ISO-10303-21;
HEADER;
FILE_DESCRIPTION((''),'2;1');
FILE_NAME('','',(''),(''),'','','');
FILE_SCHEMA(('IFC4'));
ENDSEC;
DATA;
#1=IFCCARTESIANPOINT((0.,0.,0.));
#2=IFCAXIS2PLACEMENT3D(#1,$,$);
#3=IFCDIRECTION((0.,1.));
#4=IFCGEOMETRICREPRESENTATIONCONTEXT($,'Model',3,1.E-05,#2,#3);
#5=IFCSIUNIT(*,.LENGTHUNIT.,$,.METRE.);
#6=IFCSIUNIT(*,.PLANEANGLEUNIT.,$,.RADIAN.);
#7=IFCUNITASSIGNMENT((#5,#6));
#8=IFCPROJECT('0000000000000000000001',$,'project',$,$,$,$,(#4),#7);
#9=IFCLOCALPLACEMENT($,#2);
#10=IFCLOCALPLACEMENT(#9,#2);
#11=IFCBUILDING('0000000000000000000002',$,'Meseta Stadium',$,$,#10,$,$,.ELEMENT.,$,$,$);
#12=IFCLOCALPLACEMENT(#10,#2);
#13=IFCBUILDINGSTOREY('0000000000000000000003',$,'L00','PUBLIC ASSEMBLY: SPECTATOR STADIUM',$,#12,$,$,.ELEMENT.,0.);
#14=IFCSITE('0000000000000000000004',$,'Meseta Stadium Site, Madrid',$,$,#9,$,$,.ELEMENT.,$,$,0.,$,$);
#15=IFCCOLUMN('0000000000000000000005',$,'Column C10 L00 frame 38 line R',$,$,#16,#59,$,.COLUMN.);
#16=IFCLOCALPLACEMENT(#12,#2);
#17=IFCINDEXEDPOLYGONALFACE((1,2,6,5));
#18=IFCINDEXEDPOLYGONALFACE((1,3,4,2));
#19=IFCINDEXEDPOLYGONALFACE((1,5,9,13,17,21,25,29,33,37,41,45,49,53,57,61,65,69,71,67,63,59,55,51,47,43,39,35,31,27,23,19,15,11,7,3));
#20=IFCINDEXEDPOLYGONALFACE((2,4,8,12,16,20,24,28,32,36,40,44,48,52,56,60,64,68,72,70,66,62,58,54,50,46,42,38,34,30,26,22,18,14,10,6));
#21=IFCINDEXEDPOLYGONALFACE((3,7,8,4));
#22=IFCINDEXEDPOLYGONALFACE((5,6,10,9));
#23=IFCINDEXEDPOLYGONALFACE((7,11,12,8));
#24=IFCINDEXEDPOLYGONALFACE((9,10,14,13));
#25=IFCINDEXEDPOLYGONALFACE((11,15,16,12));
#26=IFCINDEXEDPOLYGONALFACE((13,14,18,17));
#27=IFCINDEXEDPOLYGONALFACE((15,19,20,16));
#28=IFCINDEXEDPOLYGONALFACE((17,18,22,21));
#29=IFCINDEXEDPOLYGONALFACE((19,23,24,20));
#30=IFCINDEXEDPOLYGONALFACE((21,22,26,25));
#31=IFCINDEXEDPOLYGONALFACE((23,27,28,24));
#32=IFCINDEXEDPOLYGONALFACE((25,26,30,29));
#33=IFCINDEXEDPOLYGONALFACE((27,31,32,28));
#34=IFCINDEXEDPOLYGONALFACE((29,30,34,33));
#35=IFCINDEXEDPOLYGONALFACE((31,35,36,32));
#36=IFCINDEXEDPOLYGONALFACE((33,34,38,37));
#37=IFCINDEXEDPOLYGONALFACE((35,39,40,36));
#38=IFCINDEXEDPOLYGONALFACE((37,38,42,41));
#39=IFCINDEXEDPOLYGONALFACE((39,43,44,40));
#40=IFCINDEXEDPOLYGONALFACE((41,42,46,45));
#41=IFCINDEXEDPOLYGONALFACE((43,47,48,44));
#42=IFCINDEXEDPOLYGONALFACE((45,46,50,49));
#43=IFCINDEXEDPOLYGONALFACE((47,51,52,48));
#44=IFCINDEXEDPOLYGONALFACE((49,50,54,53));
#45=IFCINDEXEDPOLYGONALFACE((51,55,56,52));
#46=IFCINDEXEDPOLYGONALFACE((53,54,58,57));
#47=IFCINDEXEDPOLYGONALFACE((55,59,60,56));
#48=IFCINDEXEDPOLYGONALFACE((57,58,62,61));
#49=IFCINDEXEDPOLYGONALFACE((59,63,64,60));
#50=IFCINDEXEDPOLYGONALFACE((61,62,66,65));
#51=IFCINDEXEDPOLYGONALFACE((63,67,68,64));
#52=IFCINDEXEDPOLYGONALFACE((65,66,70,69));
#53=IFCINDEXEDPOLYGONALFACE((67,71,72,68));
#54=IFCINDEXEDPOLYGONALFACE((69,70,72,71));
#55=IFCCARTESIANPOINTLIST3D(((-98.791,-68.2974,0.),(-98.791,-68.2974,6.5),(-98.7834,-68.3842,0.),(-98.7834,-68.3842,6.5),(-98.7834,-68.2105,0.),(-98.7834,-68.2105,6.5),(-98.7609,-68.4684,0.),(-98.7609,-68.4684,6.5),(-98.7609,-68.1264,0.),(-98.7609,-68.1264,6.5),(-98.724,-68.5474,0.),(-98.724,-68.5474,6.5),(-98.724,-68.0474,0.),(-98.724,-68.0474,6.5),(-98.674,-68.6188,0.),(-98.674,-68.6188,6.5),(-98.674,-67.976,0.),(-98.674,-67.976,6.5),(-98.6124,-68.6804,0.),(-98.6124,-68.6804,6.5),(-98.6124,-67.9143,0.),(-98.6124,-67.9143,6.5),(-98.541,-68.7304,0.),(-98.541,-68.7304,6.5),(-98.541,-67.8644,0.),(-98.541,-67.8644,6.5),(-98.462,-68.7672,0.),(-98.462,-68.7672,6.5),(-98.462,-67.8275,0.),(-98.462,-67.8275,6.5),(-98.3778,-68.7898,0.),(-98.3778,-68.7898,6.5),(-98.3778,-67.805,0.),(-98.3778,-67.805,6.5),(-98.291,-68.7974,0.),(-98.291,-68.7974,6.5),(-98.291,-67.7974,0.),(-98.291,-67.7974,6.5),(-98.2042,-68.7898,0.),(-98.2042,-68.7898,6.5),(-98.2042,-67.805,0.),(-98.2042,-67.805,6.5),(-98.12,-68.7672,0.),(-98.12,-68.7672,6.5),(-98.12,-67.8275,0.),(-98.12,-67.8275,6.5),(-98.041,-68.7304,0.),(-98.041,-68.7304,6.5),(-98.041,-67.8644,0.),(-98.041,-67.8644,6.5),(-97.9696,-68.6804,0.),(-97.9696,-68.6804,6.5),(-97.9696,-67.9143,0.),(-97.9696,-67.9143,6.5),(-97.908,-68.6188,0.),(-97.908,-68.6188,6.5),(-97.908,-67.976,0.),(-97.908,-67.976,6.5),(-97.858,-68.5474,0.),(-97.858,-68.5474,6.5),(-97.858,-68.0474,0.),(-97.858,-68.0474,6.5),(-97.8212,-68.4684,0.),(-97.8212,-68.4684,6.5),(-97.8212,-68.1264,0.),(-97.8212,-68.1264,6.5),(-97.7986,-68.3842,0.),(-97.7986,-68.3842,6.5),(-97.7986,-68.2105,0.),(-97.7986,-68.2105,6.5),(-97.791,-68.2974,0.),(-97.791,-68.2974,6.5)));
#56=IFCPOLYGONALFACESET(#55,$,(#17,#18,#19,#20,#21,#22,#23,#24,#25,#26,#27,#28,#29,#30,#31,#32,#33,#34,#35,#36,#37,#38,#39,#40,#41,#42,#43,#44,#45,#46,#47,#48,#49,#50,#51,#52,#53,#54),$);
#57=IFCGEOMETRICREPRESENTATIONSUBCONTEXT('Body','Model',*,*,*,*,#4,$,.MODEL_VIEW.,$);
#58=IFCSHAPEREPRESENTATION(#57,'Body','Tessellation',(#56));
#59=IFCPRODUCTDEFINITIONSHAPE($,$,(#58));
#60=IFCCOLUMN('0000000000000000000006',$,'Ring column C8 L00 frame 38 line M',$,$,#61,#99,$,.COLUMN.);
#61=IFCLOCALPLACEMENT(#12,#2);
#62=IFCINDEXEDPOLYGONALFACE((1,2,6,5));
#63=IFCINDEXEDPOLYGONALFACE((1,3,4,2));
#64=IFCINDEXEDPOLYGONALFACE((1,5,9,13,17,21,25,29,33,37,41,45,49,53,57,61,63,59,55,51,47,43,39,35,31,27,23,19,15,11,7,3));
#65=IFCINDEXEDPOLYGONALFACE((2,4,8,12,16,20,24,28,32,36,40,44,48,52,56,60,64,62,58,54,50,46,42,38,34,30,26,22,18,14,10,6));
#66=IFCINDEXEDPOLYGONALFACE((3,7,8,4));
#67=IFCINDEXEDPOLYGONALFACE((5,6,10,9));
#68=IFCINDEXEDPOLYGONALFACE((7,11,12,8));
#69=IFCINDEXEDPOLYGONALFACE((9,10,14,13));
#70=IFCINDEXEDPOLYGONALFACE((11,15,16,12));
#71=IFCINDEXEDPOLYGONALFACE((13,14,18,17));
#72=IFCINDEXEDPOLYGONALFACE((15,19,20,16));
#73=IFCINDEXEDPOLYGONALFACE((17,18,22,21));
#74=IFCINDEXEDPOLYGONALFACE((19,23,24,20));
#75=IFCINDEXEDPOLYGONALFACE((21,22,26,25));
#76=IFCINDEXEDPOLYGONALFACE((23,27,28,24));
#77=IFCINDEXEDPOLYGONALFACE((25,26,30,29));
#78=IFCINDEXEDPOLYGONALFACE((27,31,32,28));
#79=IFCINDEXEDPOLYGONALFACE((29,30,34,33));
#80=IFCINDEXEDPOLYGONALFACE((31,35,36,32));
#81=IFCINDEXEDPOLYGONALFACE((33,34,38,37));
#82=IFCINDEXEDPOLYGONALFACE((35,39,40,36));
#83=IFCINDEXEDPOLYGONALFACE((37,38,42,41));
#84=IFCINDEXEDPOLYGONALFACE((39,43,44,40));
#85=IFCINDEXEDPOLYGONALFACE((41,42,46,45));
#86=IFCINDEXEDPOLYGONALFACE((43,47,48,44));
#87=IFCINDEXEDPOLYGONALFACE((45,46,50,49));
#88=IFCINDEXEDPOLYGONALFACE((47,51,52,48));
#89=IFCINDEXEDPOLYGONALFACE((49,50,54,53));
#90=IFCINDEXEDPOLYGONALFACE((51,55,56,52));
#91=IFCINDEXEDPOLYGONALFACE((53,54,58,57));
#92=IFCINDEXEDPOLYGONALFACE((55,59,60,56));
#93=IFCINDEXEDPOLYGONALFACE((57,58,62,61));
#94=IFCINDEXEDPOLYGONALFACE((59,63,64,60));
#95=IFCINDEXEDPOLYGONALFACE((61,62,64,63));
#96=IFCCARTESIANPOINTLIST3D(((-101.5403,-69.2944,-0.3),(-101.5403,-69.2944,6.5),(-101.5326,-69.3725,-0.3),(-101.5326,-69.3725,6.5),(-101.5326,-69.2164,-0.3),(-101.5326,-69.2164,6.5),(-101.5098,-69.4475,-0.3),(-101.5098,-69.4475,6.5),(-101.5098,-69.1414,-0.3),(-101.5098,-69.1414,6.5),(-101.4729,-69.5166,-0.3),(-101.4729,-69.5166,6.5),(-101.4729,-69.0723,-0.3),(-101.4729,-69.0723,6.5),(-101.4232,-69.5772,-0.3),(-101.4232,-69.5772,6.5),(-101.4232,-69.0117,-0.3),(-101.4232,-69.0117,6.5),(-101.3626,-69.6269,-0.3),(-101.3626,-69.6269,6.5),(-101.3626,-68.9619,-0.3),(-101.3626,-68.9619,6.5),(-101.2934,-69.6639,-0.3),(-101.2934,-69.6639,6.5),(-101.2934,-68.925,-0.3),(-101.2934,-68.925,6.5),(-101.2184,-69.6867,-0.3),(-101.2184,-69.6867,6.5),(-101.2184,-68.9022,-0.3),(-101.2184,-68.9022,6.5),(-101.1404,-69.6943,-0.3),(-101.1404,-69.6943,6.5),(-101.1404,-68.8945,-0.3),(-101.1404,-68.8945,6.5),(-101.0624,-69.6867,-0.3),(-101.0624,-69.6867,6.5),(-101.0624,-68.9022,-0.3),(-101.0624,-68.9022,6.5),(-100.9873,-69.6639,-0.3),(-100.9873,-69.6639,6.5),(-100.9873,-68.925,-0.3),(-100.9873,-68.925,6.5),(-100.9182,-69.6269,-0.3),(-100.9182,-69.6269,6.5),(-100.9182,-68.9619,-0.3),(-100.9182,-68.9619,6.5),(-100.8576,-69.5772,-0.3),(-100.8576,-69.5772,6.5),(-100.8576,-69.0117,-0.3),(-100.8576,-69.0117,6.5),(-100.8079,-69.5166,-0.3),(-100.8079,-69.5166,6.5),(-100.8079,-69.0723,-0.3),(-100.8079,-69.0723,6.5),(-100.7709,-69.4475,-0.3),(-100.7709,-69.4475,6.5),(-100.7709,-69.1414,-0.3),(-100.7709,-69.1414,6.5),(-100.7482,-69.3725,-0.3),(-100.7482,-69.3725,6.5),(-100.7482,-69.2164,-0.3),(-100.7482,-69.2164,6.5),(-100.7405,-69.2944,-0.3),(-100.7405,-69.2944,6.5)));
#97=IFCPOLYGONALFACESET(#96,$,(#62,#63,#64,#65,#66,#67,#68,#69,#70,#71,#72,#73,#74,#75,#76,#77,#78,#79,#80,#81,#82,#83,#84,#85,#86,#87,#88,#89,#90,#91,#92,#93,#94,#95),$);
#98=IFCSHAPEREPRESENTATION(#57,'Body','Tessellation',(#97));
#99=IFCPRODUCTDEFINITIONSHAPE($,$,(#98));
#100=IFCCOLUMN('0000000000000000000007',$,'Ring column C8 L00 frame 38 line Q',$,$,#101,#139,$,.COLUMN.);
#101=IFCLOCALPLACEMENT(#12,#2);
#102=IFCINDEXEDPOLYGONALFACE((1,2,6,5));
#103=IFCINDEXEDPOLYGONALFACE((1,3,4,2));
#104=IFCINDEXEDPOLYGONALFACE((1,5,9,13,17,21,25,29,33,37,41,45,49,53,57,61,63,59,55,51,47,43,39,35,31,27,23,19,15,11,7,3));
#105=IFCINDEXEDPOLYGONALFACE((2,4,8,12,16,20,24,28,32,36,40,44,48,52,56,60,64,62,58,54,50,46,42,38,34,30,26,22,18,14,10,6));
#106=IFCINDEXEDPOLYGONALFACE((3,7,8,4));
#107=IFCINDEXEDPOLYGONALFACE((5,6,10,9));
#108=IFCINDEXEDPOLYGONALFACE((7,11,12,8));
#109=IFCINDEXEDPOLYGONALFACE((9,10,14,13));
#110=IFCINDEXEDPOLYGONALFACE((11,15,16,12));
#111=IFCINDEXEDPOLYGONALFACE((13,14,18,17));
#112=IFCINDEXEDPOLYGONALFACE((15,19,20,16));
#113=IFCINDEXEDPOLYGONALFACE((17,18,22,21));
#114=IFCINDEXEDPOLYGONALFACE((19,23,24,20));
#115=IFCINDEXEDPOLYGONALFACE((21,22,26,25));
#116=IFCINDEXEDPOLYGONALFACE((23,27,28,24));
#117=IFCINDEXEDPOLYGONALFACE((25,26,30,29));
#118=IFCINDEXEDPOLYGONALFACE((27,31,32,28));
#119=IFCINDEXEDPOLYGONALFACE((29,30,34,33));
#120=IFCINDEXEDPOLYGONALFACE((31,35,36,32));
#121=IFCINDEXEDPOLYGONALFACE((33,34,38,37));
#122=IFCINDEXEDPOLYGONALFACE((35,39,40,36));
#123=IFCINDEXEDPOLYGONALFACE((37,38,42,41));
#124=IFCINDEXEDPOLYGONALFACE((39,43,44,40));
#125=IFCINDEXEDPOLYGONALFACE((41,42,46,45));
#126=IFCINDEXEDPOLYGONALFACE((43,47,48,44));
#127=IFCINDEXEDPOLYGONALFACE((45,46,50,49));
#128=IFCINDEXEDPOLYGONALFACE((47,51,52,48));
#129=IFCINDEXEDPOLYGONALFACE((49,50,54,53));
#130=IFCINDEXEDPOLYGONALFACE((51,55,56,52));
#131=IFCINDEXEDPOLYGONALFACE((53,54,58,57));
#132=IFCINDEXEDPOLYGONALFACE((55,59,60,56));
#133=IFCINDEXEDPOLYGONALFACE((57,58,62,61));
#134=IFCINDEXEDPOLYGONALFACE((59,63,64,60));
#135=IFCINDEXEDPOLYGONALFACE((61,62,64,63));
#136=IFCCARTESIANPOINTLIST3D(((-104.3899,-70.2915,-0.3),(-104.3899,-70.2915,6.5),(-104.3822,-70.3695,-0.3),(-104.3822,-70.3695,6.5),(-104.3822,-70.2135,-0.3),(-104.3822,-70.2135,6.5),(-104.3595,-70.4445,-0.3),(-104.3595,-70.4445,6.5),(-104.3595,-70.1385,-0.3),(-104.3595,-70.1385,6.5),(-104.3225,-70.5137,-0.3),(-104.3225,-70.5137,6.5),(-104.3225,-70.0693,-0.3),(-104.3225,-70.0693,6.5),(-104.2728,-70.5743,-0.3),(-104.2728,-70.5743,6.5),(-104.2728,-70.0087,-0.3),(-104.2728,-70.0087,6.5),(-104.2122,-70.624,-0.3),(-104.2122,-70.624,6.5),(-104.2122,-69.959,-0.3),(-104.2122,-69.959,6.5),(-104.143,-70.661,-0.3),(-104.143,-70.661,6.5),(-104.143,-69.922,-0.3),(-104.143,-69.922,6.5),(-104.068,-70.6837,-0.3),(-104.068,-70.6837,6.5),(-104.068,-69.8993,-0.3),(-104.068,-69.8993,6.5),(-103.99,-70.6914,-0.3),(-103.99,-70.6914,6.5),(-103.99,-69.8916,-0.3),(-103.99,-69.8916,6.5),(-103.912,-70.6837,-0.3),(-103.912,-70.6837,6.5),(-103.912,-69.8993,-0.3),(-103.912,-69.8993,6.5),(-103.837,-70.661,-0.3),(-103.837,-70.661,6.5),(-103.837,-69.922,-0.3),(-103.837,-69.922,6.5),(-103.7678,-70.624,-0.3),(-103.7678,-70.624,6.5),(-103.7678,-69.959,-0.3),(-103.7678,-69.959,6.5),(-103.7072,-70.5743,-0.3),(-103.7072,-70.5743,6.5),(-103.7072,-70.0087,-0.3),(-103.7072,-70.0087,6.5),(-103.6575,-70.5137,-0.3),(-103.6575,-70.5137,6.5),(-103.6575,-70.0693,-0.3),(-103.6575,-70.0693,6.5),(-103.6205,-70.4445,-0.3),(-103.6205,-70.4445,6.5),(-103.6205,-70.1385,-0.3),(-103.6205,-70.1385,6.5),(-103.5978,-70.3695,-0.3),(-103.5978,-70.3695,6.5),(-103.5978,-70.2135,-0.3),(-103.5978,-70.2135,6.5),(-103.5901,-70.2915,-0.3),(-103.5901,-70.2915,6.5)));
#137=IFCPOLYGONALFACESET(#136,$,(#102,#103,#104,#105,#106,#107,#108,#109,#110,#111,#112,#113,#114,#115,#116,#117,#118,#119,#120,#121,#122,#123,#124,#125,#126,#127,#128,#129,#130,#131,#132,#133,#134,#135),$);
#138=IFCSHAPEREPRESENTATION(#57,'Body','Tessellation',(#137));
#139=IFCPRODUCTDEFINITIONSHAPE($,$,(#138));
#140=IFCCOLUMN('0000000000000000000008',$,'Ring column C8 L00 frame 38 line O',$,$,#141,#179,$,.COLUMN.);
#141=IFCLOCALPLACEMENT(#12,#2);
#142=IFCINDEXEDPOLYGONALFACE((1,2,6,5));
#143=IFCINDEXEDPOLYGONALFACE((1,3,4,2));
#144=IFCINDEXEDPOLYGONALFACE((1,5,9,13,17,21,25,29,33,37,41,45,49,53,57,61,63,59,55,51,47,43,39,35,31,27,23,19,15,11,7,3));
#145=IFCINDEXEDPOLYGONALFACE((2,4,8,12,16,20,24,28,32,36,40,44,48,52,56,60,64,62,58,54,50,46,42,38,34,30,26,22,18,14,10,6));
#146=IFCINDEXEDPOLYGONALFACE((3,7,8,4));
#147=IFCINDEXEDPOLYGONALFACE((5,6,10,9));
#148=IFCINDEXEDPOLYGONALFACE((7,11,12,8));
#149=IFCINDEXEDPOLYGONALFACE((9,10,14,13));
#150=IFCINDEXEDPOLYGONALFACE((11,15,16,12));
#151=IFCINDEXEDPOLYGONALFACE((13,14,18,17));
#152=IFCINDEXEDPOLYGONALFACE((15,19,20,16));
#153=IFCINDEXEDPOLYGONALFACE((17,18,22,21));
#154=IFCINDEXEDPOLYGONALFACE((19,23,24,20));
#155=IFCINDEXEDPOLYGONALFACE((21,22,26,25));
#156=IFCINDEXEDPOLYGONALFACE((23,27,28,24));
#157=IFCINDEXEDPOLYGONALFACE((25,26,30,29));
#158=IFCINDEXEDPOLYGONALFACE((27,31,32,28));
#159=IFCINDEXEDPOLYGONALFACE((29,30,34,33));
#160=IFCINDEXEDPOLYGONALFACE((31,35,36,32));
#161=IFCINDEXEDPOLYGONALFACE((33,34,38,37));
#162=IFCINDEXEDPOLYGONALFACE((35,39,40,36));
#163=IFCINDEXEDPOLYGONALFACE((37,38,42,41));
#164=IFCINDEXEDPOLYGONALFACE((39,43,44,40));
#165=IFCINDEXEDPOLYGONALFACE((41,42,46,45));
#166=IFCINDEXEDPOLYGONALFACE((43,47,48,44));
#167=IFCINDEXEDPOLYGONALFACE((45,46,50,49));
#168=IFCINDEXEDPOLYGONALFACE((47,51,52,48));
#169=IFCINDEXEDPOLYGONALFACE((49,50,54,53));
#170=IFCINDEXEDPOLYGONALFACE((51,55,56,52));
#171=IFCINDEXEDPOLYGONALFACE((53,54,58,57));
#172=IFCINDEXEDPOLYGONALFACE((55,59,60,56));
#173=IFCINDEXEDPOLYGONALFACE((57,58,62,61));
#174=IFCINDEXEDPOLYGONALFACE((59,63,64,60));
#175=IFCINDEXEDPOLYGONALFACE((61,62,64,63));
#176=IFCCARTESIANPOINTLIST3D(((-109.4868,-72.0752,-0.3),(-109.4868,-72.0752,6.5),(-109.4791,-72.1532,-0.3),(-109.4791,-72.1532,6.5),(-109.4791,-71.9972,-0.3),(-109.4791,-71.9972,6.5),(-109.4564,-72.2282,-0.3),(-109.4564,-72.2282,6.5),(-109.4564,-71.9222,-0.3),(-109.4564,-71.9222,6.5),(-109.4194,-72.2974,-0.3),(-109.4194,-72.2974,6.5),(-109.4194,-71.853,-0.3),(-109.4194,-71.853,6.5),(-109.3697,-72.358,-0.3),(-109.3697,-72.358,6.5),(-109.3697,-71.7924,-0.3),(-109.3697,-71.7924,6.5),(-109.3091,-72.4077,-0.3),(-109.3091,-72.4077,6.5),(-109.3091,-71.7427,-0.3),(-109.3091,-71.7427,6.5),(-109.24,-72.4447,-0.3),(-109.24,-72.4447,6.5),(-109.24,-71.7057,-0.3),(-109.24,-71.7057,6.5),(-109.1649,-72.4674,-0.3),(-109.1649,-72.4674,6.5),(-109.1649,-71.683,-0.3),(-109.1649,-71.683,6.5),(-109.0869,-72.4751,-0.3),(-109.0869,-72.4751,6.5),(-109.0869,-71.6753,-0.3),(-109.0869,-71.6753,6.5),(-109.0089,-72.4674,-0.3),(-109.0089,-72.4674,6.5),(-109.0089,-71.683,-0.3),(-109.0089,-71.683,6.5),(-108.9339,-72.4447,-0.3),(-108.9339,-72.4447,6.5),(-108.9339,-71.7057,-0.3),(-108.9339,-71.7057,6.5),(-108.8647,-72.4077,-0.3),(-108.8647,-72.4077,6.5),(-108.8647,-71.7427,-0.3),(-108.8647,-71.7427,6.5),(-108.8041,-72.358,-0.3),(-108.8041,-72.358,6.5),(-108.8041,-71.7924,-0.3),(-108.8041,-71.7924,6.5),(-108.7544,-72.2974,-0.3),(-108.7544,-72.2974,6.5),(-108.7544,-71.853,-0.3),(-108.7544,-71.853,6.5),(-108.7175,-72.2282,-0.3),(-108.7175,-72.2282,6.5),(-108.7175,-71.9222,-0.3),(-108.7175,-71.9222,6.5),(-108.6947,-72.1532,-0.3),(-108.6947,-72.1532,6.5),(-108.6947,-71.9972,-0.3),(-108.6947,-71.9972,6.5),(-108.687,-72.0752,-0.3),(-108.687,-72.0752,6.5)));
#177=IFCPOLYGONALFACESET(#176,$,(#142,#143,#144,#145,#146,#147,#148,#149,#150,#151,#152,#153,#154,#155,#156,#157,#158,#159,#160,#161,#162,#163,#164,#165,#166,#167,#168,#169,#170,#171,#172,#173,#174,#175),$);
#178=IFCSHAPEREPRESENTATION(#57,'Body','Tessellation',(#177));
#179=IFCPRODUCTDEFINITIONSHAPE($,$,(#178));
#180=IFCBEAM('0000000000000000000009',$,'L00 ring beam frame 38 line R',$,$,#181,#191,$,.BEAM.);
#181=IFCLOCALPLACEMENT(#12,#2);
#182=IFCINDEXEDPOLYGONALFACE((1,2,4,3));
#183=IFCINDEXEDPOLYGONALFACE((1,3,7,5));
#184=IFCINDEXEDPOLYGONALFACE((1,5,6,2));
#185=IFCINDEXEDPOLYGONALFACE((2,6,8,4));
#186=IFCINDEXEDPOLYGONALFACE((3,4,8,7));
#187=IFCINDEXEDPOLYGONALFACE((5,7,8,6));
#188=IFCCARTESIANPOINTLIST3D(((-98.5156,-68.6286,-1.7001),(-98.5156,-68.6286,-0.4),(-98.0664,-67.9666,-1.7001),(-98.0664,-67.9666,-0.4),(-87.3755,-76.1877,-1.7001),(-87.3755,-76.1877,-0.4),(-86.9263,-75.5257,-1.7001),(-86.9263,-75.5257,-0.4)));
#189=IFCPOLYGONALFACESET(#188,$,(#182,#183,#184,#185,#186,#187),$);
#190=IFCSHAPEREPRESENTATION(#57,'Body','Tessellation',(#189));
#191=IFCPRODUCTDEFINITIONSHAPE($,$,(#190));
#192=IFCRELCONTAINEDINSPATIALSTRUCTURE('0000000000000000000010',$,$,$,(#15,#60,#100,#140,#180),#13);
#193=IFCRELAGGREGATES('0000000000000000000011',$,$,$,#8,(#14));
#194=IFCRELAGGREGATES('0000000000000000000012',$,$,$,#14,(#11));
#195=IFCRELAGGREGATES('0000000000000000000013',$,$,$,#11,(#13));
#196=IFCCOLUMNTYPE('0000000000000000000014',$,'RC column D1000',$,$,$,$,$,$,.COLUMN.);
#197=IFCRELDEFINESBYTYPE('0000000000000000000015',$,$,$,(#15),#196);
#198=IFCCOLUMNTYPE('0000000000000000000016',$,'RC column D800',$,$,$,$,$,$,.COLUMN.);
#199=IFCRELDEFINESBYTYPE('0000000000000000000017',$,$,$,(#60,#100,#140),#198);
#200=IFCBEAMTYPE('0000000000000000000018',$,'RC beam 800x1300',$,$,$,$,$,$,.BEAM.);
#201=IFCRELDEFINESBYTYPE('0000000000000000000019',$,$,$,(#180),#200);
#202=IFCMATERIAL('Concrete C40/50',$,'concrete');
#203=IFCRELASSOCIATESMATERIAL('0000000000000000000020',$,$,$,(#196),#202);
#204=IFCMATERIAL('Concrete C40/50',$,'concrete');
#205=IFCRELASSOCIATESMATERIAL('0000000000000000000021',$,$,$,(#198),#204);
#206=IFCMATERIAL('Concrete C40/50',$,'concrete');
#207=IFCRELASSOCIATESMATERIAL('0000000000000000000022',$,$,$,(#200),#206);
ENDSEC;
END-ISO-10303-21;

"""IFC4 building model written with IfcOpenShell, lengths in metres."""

from ifc_helpers import new_model, si_unit, direction, frame, origin, origin_2d, place, context, subcontext, project, spatial, rectangle, circle, extrude, material, material_profile, profile_set, type_object, element, save


model = new_model("IFC4")

# Units and contexts
model_context = context("Model", 3, precision=1e-05, world=origin(), true_north=direction((0.0, 1.0)))
body_context = subcontext(model_context, "Body", "Model", "MODEL_VIEW")
ifc_project = project(units=[si_unit("LENGTHUNIT", "METRE"), si_unit("PLANEANGLEUNIT", "RADIAN")], contexts=[model_context])

# Site, building, storey
site_placement = place(None, origin())
site = spatial("IfcSite", under=ifc_project, at=site_placement, Name="Meseta Stadium Site, Madrid", CompositionType="ELEMENT", RefElevation=0.0)
building_placement = place(site_placement, origin())
building = spatial("IfcBuilding", under=site, at=building_placement, Name="Meseta Stadium", CompositionType="ELEMENT")
storey_placement = place(building_placement, origin())
storey = spatial("IfcBuildingStorey", under=building, at=storey_placement, Name="L00", Description="PUBLIC ASSEMBLY: SPECTATOR STADIUM", CompositionType="ELEMENT", Elevation=0.0)

# Columns
ifc_material_1 = material(Name="Concrete C40/50", Category="concrete")
ifc_material_profile_1 = material_profile(ifc_material_1, circle(Radius=0.5, at=origin_2d()), Name="RC D1000")
ifc_profile_set_1 = profile_set([ifc_material_profile_1], Name="Concrete C40/50")
column_type_1 = type_object("IfcColumnType", Name="RC column D1000", PredefinedType="COLUMN", material=ifc_profile_set_1)
column_placement = place(storey_placement, frame((-98.291, -68.2974, 0.0), z_axis=(0.0, 0.0, 1.0), x_axis=(1.0, 0.0, 0.0)))
element("IfcColumn", 1, at=column_placement, inside=storey, type_object=column_type_1, Name="Column C10 L00 frame 38 line R", PredefinedType="COLUMN", context=body_context, shape_type="SweptSolid", body=[
    extrude(circle(Radius=0.5, at=origin_2d()), origin(), (0.0, 0.0, 1.0), 6.5),
])
ifc_material_2 = material(Name="Concrete C40/50", Category="concrete")
ifc_material_profile_2 = material_profile(ifc_material_2, circle(Radius=0.3999, at=origin_2d()), Name="RC D800")
ifc_profile_set_2 = profile_set([ifc_material_profile_2], Name="Concrete C40/50")
column_type_2 = type_object("IfcColumnType", Name="RC column D800", PredefinedType="COLUMN", material=ifc_profile_set_2)
for number, where, z_axis, x_axis, name in (
    (2, (-101.1404, -69.2944, -0.3), (0.0, 0.0, 1.0), (1.0, 0.0, 0.0), "Ring column C8 L00 frame 38 line M"),
    (3, (-103.99, -70.2915, -0.3), (0.0, 0.0, 1.0), (1.0, 0.0, 0.0), "Ring column C8 L00 frame 38 line Q"),
    (4, (-109.0869, -72.0752, -0.3), (0.0, 0.0, 1.0), (1.0, 0.0, 0.0), "Ring column C8 L00 frame 38 line O"),
):
    element("IfcColumn", number, at=place(storey_placement, frame(where, z_axis=z_axis, x_axis=x_axis)), inside=storey, type_object=column_type_2, Name=name, PredefinedType="COLUMN", context=body_context, shape_type="SweptSolid", body=[
        extrude(circle(Radius=0.3999, at=origin_2d()), origin(), (0.0, 0.0, 1.0), 6.8),
    ])

# Beam
ifc_material_3 = material(Name="Concrete C40/50", Category="concrete")
ifc_material_profile_3 = material_profile(ifc_material_3, rectangle(XDim=0.8, YDim=1.3, at=origin_2d()), Name="RC 800x1300")
ifc_profile_set_3 = profile_set([ifc_material_profile_3], Name="Concrete C40/50")
beam_type = type_object("IfcBeamType", Name="RC beam 800x1300", PredefinedType="BEAM", material=ifc_profile_set_3)
beam_placement = place(storey_placement, frame((-98.291, -68.2976, -1.05), z_axis=(0.827486, -0.561486, 0.0), x_axis=(0.561486, 0.827486, 0.0)))
element("IfcBeam", 5, at=beam_placement, inside=storey, type_object=beam_type, Name="L00 ring beam frame 38 line R", PredefinedType="BEAM", context=body_context, shape_type="SweptSolid", body=[
    extrude(rectangle(XDim=0.8, YDim=1.3, at=origin_2d()), origin(), (0.0, 0.0, 1.0), 13.4626),
])

save(model, "model.ifc")
